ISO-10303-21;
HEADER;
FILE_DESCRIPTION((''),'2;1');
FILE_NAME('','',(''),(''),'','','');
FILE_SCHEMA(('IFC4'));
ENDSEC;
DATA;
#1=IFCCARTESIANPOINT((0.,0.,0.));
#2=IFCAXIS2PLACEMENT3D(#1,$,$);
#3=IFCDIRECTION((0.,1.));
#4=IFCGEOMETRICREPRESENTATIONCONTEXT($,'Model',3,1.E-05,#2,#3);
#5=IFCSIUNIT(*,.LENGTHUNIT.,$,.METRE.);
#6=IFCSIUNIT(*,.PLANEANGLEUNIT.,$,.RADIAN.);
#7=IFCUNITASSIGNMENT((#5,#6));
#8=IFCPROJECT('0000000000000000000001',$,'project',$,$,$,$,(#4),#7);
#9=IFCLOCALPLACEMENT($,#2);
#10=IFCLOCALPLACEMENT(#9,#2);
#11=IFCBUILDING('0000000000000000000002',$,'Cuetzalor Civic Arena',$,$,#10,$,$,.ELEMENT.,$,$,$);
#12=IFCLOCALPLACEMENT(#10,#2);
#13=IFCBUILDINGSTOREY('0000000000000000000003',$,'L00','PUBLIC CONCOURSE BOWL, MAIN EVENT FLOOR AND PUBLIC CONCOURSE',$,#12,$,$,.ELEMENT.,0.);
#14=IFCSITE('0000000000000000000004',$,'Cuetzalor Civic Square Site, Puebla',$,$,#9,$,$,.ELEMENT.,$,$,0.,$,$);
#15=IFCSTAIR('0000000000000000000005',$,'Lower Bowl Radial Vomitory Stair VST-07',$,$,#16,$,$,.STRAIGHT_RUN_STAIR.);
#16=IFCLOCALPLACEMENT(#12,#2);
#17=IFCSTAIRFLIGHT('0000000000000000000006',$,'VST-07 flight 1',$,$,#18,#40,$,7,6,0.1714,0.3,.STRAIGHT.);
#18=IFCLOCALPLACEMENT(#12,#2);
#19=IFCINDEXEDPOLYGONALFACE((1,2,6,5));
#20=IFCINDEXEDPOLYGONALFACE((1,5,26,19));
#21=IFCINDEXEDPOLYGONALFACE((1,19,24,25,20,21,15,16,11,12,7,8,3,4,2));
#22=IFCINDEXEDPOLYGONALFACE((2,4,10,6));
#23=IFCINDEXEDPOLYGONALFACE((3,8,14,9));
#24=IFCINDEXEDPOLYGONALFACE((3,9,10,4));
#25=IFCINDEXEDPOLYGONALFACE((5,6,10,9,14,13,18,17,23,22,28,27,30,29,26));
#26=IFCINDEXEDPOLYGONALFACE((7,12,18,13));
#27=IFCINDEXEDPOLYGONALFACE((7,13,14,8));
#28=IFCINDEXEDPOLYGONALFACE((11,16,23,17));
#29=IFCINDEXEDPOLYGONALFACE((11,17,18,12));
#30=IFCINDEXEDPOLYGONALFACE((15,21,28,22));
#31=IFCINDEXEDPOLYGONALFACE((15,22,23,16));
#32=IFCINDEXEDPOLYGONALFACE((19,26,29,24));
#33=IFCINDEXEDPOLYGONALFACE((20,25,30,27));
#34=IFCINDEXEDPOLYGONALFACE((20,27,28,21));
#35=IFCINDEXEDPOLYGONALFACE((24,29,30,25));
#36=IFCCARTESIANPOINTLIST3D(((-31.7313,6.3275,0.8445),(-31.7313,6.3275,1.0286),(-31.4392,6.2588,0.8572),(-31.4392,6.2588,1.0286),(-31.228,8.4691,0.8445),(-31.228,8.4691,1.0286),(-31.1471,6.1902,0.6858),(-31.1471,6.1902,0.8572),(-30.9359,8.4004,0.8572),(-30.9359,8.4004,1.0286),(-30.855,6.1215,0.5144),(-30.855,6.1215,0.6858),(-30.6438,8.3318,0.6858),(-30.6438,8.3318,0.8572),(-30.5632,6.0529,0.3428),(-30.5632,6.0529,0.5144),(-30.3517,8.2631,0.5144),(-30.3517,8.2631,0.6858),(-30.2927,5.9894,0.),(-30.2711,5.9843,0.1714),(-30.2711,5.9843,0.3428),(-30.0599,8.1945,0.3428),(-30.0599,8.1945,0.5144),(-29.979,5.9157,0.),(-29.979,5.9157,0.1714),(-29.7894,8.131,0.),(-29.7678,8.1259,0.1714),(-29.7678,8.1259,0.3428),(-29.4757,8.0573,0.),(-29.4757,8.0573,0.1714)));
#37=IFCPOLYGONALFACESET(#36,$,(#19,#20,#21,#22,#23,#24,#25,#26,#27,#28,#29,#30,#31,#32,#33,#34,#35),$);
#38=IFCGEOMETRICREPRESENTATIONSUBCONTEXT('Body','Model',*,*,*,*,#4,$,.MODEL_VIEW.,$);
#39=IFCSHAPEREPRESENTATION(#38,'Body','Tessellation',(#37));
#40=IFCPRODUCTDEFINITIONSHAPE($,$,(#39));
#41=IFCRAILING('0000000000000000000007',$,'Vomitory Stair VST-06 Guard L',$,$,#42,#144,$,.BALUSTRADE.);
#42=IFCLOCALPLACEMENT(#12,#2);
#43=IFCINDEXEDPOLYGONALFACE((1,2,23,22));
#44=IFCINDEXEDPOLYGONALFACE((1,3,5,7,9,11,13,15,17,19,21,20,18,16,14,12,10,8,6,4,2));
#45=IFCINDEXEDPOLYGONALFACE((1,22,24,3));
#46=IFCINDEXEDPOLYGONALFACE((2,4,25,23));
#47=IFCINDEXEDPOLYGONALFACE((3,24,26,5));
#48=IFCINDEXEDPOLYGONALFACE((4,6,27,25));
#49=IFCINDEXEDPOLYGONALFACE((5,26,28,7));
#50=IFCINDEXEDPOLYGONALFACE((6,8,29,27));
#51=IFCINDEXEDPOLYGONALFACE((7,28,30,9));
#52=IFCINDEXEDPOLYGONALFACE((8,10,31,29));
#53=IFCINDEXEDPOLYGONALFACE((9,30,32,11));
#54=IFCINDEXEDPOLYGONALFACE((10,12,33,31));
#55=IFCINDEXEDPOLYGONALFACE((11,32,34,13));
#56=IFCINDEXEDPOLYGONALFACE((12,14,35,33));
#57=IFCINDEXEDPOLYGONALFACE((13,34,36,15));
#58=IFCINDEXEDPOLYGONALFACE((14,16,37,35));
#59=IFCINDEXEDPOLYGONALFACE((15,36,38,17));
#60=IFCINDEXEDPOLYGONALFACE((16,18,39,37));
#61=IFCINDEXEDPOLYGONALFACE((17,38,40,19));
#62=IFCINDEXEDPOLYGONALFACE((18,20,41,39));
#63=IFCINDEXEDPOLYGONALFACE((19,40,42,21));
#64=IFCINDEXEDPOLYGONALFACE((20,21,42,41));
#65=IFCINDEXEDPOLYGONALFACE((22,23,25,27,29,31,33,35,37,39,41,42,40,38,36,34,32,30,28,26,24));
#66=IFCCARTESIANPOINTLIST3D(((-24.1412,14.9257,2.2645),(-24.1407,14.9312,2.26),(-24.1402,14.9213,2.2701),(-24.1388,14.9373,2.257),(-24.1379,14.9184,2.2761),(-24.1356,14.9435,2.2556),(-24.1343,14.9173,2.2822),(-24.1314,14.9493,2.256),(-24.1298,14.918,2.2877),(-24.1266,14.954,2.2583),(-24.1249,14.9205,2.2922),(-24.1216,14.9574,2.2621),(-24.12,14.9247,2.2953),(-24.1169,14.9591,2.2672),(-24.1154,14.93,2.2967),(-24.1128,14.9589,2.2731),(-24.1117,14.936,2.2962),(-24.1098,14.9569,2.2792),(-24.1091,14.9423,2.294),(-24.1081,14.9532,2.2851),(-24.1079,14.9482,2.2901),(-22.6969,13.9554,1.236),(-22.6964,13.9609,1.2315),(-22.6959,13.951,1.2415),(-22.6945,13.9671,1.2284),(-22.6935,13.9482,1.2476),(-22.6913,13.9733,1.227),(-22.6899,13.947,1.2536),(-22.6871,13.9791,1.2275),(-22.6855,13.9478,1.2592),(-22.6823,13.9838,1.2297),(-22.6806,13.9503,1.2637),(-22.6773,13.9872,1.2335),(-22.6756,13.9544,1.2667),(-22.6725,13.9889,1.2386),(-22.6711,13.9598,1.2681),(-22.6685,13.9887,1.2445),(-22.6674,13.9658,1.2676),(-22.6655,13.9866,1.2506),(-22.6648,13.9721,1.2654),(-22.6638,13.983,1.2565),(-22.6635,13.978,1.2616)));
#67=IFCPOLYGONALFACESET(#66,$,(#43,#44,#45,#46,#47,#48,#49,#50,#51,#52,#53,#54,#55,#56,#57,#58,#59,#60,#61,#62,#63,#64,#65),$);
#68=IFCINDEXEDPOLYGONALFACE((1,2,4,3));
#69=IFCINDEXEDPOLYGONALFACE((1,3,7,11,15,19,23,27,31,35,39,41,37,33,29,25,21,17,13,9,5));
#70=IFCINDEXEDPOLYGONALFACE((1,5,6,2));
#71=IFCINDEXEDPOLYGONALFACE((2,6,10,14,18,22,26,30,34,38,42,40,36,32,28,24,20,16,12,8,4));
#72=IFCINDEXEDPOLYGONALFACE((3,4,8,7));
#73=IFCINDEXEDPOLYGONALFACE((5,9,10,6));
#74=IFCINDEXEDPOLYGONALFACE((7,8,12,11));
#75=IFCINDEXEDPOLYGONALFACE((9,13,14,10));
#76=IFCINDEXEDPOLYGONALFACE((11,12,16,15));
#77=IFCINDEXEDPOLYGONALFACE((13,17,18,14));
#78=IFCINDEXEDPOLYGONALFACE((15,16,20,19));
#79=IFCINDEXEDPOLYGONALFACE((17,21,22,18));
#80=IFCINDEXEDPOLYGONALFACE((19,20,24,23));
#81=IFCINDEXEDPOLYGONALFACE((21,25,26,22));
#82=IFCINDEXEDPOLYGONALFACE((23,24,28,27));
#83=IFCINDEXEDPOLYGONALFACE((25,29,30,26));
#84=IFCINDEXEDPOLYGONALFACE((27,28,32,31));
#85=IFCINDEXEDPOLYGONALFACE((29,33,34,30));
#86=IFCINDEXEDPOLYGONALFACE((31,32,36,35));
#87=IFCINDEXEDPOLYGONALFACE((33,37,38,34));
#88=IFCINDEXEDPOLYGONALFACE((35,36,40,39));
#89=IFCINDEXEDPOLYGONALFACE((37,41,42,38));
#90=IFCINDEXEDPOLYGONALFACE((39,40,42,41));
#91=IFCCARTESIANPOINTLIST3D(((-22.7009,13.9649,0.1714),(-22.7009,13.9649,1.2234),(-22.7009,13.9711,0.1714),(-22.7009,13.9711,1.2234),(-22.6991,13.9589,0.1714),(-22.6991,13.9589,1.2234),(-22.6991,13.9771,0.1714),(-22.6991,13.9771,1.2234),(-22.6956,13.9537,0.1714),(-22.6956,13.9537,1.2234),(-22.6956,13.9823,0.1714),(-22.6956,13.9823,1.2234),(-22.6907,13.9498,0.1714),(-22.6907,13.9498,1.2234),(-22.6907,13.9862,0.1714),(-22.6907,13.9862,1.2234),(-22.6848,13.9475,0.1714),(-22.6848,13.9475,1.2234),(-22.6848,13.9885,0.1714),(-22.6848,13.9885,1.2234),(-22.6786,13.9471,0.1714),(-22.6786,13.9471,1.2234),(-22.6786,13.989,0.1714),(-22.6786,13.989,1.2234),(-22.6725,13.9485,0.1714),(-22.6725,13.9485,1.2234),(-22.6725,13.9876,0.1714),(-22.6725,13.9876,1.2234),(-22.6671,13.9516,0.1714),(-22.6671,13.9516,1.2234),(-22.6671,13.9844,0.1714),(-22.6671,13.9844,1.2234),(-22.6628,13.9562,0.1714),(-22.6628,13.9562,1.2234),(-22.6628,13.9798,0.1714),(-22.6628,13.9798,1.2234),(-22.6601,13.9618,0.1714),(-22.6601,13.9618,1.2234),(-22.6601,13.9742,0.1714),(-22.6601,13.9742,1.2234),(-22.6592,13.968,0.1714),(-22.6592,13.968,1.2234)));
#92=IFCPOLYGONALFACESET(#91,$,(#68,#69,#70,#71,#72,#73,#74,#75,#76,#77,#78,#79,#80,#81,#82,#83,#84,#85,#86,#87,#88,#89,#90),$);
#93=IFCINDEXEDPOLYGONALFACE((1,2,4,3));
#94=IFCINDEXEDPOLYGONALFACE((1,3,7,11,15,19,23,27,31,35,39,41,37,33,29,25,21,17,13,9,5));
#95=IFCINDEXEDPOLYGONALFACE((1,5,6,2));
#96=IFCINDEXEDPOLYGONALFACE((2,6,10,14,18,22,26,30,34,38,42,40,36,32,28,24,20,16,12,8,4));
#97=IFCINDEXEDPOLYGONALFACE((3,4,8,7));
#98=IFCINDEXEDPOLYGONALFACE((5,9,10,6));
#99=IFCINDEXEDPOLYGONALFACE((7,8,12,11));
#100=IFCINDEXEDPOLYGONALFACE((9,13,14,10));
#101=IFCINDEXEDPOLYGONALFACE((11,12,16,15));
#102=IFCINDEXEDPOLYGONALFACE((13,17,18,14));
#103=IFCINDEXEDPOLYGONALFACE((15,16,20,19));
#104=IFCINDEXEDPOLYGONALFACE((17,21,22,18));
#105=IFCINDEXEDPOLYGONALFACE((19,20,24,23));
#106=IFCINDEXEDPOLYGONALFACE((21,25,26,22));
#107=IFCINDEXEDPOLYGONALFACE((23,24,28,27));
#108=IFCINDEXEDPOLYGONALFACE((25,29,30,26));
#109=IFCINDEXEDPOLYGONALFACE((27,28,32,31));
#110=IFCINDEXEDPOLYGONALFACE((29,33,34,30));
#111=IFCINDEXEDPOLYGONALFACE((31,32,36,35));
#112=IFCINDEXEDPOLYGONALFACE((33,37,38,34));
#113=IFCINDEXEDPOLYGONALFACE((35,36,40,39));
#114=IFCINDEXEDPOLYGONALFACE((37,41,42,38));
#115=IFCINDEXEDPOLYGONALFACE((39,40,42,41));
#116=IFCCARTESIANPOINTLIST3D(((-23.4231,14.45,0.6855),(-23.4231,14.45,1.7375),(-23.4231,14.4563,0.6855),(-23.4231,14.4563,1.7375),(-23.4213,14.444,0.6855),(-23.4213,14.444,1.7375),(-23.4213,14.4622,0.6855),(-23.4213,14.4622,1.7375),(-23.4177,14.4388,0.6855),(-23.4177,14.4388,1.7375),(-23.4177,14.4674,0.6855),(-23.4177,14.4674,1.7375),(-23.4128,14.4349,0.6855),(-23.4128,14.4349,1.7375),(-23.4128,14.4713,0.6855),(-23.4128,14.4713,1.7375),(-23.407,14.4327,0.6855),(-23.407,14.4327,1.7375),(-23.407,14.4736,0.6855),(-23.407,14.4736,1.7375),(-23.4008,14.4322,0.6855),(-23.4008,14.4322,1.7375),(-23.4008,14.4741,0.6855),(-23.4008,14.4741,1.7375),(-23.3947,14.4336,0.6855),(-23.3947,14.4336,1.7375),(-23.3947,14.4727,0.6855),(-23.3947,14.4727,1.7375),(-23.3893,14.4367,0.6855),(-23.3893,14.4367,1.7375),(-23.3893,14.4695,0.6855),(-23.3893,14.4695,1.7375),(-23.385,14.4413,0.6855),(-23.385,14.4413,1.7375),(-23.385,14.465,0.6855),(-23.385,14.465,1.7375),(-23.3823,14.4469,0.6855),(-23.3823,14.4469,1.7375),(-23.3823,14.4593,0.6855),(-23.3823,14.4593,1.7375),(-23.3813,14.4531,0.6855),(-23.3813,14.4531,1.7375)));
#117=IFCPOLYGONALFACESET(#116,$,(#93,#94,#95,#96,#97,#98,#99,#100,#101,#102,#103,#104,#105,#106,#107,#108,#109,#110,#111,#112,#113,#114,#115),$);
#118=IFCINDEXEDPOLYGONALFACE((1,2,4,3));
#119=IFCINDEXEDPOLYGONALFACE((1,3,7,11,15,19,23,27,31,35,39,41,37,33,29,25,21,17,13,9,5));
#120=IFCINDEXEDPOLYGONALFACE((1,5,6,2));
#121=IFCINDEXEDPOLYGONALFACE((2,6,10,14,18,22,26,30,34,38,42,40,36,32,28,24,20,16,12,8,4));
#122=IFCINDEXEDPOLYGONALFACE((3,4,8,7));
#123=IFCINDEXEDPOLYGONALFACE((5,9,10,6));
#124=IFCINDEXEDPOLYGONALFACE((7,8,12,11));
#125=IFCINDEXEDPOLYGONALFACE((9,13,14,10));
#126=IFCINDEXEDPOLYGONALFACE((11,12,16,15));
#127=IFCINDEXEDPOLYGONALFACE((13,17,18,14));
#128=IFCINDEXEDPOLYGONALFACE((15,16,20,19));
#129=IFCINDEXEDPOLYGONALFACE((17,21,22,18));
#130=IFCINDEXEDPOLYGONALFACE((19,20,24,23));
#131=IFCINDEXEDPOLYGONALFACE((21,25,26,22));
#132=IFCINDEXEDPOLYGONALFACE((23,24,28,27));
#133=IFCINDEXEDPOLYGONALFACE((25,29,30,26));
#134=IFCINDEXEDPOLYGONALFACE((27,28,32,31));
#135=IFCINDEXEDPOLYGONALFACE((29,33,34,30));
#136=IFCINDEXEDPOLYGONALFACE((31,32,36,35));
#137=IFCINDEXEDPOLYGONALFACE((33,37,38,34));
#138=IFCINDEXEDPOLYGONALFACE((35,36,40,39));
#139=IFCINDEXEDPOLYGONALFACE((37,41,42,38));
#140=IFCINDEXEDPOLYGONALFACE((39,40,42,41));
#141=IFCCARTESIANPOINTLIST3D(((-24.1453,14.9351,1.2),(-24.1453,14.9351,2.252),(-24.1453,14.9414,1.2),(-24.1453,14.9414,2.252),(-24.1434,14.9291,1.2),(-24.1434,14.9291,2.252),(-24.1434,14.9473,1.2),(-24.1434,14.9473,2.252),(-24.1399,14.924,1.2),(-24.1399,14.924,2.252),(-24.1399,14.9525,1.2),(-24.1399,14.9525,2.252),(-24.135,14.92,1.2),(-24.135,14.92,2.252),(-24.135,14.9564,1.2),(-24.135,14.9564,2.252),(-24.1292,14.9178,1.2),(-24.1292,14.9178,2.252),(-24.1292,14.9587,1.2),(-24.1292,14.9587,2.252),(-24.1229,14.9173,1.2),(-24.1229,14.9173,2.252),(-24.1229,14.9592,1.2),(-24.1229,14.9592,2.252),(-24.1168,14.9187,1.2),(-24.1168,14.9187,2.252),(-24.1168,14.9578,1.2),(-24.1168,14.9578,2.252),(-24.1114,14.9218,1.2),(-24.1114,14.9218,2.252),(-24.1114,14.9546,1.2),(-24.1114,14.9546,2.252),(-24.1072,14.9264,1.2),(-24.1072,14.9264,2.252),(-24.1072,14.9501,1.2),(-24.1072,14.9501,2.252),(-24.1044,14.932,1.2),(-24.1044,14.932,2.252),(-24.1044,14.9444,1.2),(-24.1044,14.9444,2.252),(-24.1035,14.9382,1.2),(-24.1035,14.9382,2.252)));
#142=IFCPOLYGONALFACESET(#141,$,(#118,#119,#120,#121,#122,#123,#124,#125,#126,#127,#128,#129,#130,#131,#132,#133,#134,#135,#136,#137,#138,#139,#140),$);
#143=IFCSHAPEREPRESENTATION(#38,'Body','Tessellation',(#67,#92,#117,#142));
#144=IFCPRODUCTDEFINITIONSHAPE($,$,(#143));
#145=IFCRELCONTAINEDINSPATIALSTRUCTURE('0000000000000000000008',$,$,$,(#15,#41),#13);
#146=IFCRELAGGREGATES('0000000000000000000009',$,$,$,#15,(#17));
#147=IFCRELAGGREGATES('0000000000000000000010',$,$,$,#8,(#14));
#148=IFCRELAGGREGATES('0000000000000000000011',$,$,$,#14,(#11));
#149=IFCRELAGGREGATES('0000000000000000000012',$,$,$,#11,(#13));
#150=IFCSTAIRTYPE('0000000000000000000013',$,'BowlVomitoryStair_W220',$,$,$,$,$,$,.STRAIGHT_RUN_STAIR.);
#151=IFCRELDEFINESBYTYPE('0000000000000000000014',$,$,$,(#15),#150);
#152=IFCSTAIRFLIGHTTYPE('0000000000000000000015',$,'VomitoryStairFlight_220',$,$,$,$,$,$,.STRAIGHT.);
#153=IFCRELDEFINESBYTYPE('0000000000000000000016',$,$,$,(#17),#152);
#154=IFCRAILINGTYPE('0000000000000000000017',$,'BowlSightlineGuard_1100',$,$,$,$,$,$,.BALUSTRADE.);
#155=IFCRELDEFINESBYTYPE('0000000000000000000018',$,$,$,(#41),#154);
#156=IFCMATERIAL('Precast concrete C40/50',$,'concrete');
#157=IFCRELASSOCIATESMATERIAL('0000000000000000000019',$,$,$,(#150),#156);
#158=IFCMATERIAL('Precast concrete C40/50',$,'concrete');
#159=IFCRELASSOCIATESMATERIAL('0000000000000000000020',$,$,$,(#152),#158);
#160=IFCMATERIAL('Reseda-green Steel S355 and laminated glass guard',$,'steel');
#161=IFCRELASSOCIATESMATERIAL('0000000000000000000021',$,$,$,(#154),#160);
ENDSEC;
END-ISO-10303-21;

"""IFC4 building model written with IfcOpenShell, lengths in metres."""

from ifc_helpers import new_model, si_unit, direction, frame, origin, origin_2d, place, context, subcontext, project, spatial, polyline, circle, outline, extrude, material, type_object, element, aggregate, save


model = new_model("IFC4")

# Units and contexts
model_context = context("Model", 3, precision=1e-05, world=origin(), true_north=direction((0.0, 1.0)))
body_context = subcontext(model_context, "Body", "Model", "MODEL_VIEW")
ifc_project = project(units=[si_unit("LENGTHUNIT", "METRE"), si_unit("PLANEANGLEUNIT", "RADIAN")], contexts=[model_context])

# Site, building, storey
site_placement = place(None, origin())
site = spatial("IfcSite", under=ifc_project, at=site_placement, Name="Cuetzalor Civic Square Site, Puebla", CompositionType="ELEMENT", RefElevation=0.0)
building_placement = place(site_placement, origin())
building = spatial("IfcBuilding", under=site, at=building_placement, Name="Cuetzalor Civic Arena", CompositionType="ELEMENT")
storey_placement = place(building_placement, origin())
storey = spatial("IfcBuildingStorey", under=building, at=storey_placement, Name="L00", Description="PUBLIC CONCOURSE BOWL, MAIN EVENT FLOOR AND PUBLIC CONCOURSE", CompositionType="ELEMENT", Elevation=0.0)

# Stair, stair flight
ifc_material_1 = material(Name="Precast concrete C40/50", Category="concrete")
stair_type = type_object("IfcStairType", Name="BowlVomitoryStair_W220", PredefinedType="STRAIGHT_RUN_STAIR", material=ifc_material_1)
ifc_material_2 = material(Name="Precast concrete C40/50", Category="concrete")
stair_flight_type = type_object("IfcStairFlightType", Name="VomitoryStairFlight_220", PredefinedType="STRAIGHT", material=ifc_material_2)
stair_1_placement = place(storey_placement, origin())
stair_1 = element("IfcStair", 1, at=stair_1_placement, inside=storey, type_object=stair_type, Name="Lower Bowl Radial Vomitory Stair VST-07", PredefinedType="STRAIGHT_RUN_STAIR")
stair_flight_1_placement = place(storey_placement, frame((-29.7273, 6.9866, 0.0), z_axis=(0.0, 0.0, 1.0), x_axis=(-0.973479, 0.228776, 0.0)))
stair_flight_1 = element("IfcStairFlight", 2, at=stair_flight_1_placement, type_object=stair_flight_type, Name="VST-07 flight 1", NumberOfRisers=7, NumberOfTreads=6, PredefinedType="STRAIGHT", RiserHeight=0.1714, TreadLength=0.3, context=body_context, shape_type="SweptSolid", body=[
    extrude(outline(polyline([(0.0, 0.0), (0.0, 0.1714), (0.3, 0.1714), (0.3, 0.3428), (0.6001, 0.3428), (0.6001, 0.5144), (0.8999, 0.5144), (0.8999, 0.6858), (1.2, 0.6858), (1.2, 0.8572), (1.5, 0.8572), (1.5, 1.0286), (1.8, 1.0286), (1.8, 1.2), (1.8, 0.8445), (0.3223, 0.0), (0.0, 0.0)])), frame((0.0, 1.1001, 0.0), z_axis=(0.0, -1.0, 0.0), x_axis=(1.0, 0.0, 0.0)), (0.0, 0.0, 1.0), 2.2),
])
aggregate(stair_1, [stair_flight_1])

# Railing
ifc_material_3 = material(Name="Reseda-green Steel S355 and laminated glass guard", Category="steel")
railing_type_1 = type_object("IfcRailingType", Name="BowlSightlineGuard_1100", PredefinedType="BALUSTRADE", material=ifc_material_3)
for number, where, name in (
    (3, (-22.6802, 13.968, 0.1714), "Vomitory Stair VST-06 Guard L"),
):
    element("IfcRailing", number, at=place(storey_placement, frame(where)), inside=storey, type_object=railing_type_1, Name=name, PredefinedType="BALUSTRADE", context=body_context, shape_type="SweptSolid", body=[
        extrude(circle(Radius=0.0239, at=origin_2d()), frame((0.0, 0.0, 1.0762), z_axis=(-0.714583, 0.480012, 0.508881), x_axis=(-0.557611, -0.830102, 0.0)), (0.0, 0.0, 1.0), 2.0212),
        extrude(circle(Radius=0.021, at=origin_2d()), origin(), (0.0, 0.0, 1.0), 1.052),
        extrude(circle(Radius=0.021, at=origin_2d()), frame((-0.7222, 0.4851, 0.5142)), (0.0, 0.0, 1.0), 1.052),
        extrude(circle(Radius=0.021, at=origin_2d()), frame((-1.4443, 0.9702, 1.0286)), (0.0, 0.0, 1.0), 1.052),
    ])

save(model, "model.ifc")
